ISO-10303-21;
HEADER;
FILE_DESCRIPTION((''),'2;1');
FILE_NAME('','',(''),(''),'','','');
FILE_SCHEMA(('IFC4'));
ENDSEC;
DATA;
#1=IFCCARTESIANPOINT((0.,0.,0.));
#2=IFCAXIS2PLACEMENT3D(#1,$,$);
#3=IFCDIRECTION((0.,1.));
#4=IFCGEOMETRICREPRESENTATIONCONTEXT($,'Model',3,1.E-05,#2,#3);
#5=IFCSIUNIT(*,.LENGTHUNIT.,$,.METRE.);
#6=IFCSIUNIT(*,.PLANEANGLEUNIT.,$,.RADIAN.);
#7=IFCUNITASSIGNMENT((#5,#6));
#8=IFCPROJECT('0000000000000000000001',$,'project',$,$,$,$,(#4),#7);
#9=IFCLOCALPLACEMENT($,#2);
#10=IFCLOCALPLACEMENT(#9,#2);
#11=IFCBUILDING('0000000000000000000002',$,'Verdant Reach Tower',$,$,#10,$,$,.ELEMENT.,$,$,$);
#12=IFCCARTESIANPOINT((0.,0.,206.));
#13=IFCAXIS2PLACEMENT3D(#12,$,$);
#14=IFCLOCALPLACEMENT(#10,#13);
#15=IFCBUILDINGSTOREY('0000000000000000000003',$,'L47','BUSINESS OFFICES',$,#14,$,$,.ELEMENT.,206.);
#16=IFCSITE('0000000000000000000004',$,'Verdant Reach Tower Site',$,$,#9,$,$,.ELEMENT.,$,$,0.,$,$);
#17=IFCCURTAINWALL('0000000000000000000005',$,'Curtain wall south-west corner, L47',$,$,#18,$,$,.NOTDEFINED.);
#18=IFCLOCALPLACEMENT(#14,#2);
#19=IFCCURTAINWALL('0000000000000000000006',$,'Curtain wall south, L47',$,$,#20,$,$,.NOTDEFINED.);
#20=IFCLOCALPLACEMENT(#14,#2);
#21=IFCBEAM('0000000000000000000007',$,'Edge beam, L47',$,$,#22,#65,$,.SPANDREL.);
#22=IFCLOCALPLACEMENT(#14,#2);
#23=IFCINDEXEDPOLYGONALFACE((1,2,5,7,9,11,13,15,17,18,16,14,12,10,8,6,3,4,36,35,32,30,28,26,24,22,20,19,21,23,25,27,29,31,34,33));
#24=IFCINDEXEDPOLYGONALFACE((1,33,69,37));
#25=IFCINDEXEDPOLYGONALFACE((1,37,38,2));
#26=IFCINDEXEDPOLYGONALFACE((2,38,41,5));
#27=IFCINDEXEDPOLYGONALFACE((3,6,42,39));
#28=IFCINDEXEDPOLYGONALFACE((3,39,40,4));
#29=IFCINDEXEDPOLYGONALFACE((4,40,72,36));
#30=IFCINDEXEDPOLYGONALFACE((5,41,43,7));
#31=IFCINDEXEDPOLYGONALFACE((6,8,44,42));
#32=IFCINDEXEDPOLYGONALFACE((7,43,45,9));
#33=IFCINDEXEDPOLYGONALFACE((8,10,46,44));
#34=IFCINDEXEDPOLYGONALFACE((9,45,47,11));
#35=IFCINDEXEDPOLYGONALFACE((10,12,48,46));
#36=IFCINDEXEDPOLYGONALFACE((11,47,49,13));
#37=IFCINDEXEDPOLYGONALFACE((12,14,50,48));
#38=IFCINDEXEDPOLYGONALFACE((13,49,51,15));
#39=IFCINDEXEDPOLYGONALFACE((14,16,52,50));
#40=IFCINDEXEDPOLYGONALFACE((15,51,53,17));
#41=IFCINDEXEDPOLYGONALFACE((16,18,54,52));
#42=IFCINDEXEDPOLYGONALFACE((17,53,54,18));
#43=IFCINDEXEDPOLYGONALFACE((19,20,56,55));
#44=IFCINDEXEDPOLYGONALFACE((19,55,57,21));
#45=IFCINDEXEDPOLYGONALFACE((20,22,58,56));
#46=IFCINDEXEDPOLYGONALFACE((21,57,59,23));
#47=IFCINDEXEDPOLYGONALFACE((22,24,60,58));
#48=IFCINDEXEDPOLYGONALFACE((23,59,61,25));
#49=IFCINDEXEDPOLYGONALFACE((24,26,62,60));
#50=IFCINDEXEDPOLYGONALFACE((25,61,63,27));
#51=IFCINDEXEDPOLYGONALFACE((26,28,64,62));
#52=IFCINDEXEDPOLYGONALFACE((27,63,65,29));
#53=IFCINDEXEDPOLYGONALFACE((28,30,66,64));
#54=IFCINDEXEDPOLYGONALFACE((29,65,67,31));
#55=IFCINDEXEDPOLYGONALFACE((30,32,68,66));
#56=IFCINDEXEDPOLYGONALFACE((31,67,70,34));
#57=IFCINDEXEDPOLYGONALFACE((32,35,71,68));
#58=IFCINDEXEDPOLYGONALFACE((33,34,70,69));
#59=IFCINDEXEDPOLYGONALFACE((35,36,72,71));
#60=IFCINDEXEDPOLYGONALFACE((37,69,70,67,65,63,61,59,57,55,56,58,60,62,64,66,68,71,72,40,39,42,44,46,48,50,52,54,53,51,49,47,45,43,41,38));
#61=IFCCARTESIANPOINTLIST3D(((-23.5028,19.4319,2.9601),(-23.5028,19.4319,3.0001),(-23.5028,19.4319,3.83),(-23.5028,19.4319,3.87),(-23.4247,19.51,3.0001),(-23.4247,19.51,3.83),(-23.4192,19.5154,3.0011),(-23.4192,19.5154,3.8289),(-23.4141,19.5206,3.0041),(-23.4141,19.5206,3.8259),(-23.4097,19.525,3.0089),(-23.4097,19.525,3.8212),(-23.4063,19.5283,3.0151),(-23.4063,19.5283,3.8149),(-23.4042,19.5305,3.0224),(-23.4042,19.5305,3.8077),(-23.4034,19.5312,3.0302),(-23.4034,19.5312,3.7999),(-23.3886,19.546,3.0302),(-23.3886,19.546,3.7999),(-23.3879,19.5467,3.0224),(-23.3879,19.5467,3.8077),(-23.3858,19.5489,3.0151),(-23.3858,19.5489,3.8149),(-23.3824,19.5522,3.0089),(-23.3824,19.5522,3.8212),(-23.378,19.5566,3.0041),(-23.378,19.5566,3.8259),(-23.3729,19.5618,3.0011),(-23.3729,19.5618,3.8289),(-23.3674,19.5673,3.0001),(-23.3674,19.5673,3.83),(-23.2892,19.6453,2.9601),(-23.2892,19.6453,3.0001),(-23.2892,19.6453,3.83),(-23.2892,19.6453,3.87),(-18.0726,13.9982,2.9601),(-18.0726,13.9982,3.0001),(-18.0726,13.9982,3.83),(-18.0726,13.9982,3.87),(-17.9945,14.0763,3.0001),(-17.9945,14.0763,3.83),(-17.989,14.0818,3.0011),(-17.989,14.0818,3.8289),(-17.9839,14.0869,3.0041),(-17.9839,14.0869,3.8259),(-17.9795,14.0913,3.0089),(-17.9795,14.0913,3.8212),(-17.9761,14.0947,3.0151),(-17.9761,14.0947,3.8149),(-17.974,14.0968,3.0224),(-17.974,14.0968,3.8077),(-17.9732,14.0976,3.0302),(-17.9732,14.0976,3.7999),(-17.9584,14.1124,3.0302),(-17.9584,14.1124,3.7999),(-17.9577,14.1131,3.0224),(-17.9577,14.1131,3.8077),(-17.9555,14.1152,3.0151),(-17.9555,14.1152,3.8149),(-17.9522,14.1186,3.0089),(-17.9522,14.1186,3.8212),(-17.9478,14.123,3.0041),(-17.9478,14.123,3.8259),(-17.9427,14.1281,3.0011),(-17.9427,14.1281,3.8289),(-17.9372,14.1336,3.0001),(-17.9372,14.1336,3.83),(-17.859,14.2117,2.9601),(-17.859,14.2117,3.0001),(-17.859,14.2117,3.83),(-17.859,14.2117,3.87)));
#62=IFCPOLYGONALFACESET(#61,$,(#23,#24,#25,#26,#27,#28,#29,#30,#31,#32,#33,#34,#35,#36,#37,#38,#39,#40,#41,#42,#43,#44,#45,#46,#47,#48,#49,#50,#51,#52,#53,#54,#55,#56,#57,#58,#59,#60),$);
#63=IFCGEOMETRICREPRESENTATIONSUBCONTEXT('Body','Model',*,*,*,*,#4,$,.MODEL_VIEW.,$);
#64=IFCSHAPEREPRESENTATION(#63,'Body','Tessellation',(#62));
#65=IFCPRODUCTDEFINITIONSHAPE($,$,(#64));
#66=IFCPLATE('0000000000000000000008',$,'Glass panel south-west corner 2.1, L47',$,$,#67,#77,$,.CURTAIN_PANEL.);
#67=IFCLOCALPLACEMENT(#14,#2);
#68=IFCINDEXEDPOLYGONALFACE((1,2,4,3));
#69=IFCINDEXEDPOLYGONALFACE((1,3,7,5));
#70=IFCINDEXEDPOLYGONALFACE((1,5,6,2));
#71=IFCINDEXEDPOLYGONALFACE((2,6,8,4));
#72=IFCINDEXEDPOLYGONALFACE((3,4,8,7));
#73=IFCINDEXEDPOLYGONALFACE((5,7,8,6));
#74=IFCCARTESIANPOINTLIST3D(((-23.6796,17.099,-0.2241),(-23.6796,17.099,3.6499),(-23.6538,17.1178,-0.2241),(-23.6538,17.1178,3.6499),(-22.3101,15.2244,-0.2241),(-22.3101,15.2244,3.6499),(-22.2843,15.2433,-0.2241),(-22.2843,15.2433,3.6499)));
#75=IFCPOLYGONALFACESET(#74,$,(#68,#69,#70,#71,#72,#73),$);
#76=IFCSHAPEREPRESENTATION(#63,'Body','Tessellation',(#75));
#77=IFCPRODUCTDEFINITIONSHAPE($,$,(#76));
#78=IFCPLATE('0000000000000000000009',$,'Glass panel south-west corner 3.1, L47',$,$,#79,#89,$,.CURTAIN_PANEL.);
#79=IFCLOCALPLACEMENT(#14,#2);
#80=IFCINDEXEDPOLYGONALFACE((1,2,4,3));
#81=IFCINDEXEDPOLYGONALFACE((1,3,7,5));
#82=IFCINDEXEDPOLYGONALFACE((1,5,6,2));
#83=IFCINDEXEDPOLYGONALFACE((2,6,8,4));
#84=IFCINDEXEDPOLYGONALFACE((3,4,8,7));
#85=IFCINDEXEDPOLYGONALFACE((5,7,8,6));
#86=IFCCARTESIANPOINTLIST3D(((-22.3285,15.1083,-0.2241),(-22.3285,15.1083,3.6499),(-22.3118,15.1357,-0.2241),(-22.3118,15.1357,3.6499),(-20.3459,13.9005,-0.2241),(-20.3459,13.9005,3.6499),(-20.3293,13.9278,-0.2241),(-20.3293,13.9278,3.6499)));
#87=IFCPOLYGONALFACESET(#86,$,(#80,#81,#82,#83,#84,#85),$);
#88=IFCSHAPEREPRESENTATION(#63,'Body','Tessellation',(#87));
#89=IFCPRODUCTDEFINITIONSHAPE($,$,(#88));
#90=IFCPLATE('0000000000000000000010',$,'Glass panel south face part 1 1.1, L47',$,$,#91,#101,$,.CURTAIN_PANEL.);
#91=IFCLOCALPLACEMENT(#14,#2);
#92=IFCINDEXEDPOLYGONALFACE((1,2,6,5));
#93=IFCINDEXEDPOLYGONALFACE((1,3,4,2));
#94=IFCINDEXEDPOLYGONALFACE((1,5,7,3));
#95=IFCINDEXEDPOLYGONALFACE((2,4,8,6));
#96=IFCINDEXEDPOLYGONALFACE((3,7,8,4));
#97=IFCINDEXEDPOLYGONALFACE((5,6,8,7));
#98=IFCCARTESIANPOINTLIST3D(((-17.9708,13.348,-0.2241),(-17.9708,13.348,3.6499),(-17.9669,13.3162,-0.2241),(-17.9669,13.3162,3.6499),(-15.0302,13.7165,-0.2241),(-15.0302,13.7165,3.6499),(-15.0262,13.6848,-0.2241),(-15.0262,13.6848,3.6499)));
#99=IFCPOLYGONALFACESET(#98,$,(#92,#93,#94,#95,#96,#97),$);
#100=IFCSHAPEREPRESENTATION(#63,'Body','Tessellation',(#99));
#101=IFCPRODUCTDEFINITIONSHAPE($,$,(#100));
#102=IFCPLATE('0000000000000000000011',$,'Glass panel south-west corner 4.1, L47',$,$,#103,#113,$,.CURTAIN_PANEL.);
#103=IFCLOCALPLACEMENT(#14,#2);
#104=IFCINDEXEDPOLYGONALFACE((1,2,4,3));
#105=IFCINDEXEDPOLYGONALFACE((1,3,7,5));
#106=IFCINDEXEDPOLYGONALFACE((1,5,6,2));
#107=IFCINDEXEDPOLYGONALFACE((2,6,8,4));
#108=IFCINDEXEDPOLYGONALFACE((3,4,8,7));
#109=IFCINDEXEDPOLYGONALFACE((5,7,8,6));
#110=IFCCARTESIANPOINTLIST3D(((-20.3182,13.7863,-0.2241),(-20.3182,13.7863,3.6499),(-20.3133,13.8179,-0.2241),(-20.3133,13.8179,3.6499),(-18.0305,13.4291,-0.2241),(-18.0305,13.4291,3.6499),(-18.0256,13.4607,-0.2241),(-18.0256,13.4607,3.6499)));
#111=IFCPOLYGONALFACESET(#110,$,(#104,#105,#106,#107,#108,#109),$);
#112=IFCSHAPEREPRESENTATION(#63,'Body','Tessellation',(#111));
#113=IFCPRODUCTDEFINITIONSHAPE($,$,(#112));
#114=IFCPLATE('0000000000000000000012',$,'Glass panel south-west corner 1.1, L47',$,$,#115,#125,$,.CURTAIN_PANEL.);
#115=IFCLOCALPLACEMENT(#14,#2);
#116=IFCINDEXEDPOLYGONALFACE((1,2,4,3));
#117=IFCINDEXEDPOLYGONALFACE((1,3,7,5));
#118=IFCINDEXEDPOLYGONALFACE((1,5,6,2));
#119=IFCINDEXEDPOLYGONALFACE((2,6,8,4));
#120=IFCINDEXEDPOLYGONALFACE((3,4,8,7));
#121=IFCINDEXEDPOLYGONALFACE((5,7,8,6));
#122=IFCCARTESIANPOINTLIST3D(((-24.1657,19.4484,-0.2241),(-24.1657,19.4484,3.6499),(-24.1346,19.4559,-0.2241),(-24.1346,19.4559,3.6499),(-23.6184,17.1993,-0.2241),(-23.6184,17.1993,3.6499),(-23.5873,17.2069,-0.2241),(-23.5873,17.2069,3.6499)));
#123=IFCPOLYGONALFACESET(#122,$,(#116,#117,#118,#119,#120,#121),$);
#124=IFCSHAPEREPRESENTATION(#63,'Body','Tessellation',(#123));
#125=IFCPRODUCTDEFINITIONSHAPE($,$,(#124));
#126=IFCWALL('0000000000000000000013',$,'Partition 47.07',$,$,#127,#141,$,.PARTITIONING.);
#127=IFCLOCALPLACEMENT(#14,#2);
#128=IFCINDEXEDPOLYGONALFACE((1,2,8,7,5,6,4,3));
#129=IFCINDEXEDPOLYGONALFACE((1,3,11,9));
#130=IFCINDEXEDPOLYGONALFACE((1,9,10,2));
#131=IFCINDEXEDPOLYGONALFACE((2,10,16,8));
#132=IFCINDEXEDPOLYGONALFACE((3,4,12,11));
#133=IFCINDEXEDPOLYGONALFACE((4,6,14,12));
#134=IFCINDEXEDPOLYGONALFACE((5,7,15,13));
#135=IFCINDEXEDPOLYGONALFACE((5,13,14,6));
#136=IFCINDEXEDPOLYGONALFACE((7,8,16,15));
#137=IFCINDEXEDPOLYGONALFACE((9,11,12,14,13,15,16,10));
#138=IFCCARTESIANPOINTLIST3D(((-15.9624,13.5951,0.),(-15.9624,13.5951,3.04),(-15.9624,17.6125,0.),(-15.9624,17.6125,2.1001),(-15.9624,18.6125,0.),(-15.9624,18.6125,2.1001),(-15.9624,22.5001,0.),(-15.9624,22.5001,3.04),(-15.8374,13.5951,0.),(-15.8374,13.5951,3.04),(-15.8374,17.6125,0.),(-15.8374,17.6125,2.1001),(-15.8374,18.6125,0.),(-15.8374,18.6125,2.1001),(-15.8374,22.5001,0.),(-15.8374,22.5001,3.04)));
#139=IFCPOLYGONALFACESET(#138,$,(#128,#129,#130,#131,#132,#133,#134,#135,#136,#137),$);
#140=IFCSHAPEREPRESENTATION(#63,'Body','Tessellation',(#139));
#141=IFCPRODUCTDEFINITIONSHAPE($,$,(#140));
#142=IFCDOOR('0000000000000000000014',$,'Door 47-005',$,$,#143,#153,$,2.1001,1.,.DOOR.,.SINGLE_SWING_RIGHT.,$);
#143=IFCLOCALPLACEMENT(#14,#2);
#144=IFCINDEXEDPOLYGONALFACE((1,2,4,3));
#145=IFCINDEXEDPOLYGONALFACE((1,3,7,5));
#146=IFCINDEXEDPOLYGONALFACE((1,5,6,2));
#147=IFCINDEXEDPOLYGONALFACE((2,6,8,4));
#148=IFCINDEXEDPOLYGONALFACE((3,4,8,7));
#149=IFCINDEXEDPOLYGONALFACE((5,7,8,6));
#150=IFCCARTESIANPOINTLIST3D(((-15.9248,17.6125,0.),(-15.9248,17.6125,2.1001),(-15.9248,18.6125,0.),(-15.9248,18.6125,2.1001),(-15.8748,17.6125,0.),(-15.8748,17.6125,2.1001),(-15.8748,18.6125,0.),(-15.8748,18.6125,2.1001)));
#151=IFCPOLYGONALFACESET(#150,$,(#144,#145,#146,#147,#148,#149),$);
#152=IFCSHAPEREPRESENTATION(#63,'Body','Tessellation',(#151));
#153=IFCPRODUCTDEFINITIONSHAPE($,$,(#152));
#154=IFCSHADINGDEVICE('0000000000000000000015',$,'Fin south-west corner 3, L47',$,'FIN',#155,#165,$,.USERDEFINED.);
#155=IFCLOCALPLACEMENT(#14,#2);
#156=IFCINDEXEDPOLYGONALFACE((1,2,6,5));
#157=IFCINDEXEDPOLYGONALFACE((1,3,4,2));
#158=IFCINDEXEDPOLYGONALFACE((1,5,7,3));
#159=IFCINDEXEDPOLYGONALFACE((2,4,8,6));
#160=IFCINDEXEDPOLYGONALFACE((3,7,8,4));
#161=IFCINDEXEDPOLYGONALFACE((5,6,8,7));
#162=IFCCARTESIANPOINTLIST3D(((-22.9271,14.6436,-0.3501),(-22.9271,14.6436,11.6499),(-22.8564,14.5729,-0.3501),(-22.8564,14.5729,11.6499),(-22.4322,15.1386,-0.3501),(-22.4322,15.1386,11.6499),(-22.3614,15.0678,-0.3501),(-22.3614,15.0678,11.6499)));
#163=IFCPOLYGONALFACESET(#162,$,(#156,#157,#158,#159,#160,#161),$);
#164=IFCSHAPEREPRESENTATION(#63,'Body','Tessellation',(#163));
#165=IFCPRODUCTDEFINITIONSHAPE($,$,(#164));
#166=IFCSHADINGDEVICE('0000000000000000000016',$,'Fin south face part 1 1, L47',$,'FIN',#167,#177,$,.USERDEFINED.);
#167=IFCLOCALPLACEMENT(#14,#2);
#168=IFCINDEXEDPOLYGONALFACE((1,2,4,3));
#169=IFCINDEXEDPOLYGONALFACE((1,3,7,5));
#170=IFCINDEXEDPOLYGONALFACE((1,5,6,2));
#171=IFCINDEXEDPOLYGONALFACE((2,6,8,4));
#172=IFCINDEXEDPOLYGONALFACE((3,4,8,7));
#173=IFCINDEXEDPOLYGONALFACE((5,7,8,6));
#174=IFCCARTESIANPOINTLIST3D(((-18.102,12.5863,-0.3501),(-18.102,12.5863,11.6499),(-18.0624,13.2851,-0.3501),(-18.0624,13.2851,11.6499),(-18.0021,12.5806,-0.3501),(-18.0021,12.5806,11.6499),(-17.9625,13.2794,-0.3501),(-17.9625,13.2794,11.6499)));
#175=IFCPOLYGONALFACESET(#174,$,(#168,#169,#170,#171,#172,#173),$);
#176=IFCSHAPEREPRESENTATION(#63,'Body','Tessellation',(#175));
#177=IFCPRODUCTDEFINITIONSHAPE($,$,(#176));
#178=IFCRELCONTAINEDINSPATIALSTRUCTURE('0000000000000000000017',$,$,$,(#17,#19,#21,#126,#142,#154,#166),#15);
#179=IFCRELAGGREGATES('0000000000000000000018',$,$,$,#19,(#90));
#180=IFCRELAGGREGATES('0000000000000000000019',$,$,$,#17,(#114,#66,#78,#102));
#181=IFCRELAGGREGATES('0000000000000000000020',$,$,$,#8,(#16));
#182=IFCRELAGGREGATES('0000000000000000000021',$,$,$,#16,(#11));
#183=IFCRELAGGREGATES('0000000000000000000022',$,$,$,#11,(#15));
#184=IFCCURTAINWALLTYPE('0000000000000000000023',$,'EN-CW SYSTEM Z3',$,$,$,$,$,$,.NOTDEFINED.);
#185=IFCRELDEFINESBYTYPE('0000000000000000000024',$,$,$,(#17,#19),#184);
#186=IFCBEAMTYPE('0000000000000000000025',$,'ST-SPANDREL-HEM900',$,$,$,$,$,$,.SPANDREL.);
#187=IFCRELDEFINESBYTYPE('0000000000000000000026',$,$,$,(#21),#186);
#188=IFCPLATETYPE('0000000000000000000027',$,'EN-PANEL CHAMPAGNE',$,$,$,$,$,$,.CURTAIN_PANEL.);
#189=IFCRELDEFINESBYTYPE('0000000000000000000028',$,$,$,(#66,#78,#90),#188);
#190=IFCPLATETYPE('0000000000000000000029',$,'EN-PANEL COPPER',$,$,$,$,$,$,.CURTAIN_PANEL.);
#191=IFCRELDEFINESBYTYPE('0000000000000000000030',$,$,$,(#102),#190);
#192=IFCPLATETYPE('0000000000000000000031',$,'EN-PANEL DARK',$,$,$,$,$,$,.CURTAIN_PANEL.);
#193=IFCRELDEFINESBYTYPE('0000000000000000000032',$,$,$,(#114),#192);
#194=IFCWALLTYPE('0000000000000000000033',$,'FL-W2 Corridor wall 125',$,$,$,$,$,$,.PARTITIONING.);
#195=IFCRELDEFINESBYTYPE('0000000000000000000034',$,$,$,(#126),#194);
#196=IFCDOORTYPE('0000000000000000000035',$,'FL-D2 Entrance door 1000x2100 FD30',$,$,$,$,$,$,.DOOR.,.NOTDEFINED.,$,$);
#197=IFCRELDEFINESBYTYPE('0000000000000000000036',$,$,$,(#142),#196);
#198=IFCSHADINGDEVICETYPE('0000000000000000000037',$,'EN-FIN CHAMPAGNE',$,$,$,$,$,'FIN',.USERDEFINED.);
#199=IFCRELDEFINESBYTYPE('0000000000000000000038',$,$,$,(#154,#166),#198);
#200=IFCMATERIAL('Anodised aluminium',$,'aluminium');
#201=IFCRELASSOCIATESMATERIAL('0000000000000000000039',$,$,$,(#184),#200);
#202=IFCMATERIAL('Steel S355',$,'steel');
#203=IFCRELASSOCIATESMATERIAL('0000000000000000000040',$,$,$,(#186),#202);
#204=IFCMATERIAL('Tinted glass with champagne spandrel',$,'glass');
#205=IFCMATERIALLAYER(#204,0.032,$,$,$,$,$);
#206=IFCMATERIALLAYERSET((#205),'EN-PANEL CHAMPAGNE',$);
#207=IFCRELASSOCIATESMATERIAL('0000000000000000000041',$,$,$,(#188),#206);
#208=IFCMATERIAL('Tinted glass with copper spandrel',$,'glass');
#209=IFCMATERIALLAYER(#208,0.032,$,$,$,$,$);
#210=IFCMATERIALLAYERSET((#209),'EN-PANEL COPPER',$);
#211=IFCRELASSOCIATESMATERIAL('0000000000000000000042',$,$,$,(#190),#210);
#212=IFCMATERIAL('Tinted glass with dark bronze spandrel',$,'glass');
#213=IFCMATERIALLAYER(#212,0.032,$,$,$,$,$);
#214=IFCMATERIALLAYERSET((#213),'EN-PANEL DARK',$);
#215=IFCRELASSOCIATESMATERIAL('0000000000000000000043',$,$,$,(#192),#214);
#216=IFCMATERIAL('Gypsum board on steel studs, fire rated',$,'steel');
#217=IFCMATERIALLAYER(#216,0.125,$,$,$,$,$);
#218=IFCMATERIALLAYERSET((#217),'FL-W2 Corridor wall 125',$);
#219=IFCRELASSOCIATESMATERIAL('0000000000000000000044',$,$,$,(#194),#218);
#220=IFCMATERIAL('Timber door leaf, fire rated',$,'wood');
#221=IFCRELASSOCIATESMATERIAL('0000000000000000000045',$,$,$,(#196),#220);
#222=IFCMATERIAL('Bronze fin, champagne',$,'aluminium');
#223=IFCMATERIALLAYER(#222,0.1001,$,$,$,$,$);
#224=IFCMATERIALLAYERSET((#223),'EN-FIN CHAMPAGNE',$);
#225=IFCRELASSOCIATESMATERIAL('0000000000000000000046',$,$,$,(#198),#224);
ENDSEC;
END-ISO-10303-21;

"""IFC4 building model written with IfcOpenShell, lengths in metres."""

from ifc_helpers import new_model, si_unit, direction, frame, frame_2d, origin, origin_2d, place, context, subcontext, project, spatial, rectangle, i_section, extrude, material, layer, layer_set, material_profile, profile_set, type_object, element, fill, aggregate, save


model = new_model("IFC4")

# Units and contexts
model_context = context("Model", 3, precision=1e-05, world=origin(), true_north=direction((0.0, 1.0)))
body_context = subcontext(model_context, "Body", "Model", "MODEL_VIEW")
ifc_project = project(units=[si_unit("LENGTHUNIT", "METRE"), si_unit("PLANEANGLEUNIT", "RADIAN")], contexts=[model_context])

# Site, building, storey
site_placement = place(None, origin())
site = spatial("IfcSite", under=ifc_project, at=site_placement, Name="Verdant Reach Tower Site", CompositionType="ELEMENT", RefElevation=0.0)
building_placement = place(site_placement, origin())
building = spatial("IfcBuilding", under=site, at=building_placement, Name="Verdant Reach Tower", CompositionType="ELEMENT")
storey_placement = place(building_placement, frame((0.0, 0.0, 206.0)))
storey = spatial("IfcBuildingStorey", under=building, at=storey_placement, Name="L47", Description="BUSINESS OFFICES", CompositionType="ELEMENT", Elevation=206.0)

# Curtain walls
ifc_material_1 = material(Name="Anodised aluminium", Category="aluminium")
curtain_wall_type = type_object("IfcCurtainWallType", Name="EN-CW SYSTEM Z3", PredefinedType="NOTDEFINED", material=ifc_material_1)
curtain_wall_1_placement = place(storey_placement, origin())
curtain_wall_1 = element("IfcCurtainWall", 1, at=curtain_wall_1_placement, inside=storey, type_object=curtain_wall_type, Name="Curtain wall south-west corner, L47", PredefinedType="NOTDEFINED")
curtain_wall_2_placement = place(storey_placement, origin())
curtain_wall_2 = element("IfcCurtainWall", 2, at=curtain_wall_2_placement, inside=storey, type_object=curtain_wall_type, Name="Curtain wall south, L47", PredefinedType="NOTDEFINED")

# Beam
ifc_material_2 = material(Name="Steel S355", Category="steel")
ifc_material_profile_1 = material_profile(ifc_material_2, i_section(OverallWidth=0.302, OverallDepth=0.9099, WebThickness=0.021, FlangeThickness=0.04, FilletRadius=0.03, at=origin_2d()), Name="HEM 900")
ifc_profile_set_1 = profile_set([ifc_material_profile_1], Name="Steel S355")
beam_type_1 = type_object("IfcBeamType", Name="ST-SPANDREL-HEM900", PredefinedType="SPANDREL", material=ifc_profile_set_1)
beam_1_placement = place(storey_placement, frame((-17.9658, 14.105, 3.415), z_axis=(-0.706884, 0.707329, 0.0), x_axis=(-0.707329, -0.706884, 0.0)))
element("IfcBeam", 3, at=beam_1_placement, inside=storey, type_object=beam_type_1, Name="Edge beam, L47", PredefinedType="SPANDREL", context=body_context, shape_type="SweptSolid", body=[
    extrude(i_section(OverallWidth=0.302, OverallDepth=0.9099, WebThickness=0.021, FlangeThickness=0.04, FilletRadius=0.03, at=origin_2d()), origin(), (0.0, 0.0, 1.0), 7.6819),
])

# Plates
ifc_material_3 = material(Name="Tinted glass with champagne spandrel", Category="glass")
ifc_layer_1 = layer(ifc_material_3, 0.032)
ifc_layer_set_1 = layer_set([ifc_layer_1], Name="EN-PANEL CHAMPAGNE")
plate_type_1 = type_object("IfcPlateType", Name="EN-PANEL CHAMPAGNE", PredefinedType="CURTAIN_PANEL", material=ifc_layer_set_1)
plate_1_placement = place(storey_placement, frame((-22.9819, 16.1711, -0.2241), z_axis=(0.0, 0.0, 1.0), x_axis=(0.589927, -0.807457, 0.0)))
plate_1 = element("IfcPlate", 4, at=plate_1_placement, type_object=plate_type_1, Name="Glass panel south-west corner 2.1, L47", PredefinedType="CURTAIN_PANEL", context=body_context, shape_type="SweptSolid", body=[
    extrude(rectangle(XDim=2.3215, YDim=0.032, at=origin_2d()), origin(), (0.0, 0.0, 1.0), 3.874),
])
plate_2_placement = place(storey_placement, frame((-21.3289, 14.5181, -0.2241), z_axis=(0.0, 0.0, 1.0), x_axis=(0.853989, -0.520292, 0.0)))
plate_2 = element("IfcPlate", 5, at=plate_2_placement, type_object=plate_type_1, Name="Glass panel south-west corner 3.1, L47", PredefinedType="CURTAIN_PANEL", context=body_context, shape_type="SweptSolid", body=[
    extrude(rectangle(XDim=2.3215, YDim=0.032, at=origin_2d()), origin(), (0.0, 0.0, 1.0), 3.874),
])
plate_3_placement = place(storey_placement, frame((-16.4985, 13.5164, -0.2241), z_axis=(0.0, 0.0, 1.0), x_axis=(0.992238, 0.124355, 0.0)))
plate_3 = element("IfcPlate", 6, at=plate_3_placement, type_object=plate_type_1, Name="Glass panel south face part 1 1.1, L47", PredefinedType="CURTAIN_PANEL", context=body_context, shape_type="SweptSolid", body=[
    extrude(rectangle(XDim=2.9636, YDim=0.032, at=origin_2d()), origin(), (0.0, 0.0, 1.0), 3.874),
])
aggregate(curtain_wall_2, [plate_3])
ifc_material_4 = material(Name="Tinted glass with copper spandrel", Category="glass")
ifc_layer_2 = layer(ifc_material_4, 0.032)
ifc_layer_set_2 = layer_set([ifc_layer_2], Name="EN-PANEL COPPER")
plate_type_2 = type_object("IfcPlateType", Name="EN-PANEL COPPER", PredefinedType="CURTAIN_PANEL", material=ifc_layer_set_2)
plate_4_placement = place(storey_placement, frame((-19.1719, 13.6235, -0.2241), z_axis=(0.0, 0.0, 1.0), x_axis=(0.988029, -0.154268, 0.0)))
plate_4 = element("IfcPlate", 7, at=plate_4_placement, type_object=plate_type_2, Name="Glass panel south-west corner 4.1, L47", PredefinedType="CURTAIN_PANEL", context=body_context, shape_type="SweptSolid", body=[
    extrude(rectangle(XDim=2.3154, YDim=0.032, at=origin_2d()), origin(), (0.0, 0.0, 1.0), 3.874),
])
ifc_material_5 = material(Name="Tinted glass with dark bronze spandrel", Category="glass")
ifc_layer_3 = layer(ifc_material_5, 0.032)
ifc_layer_set_3 = layer_set([ifc_layer_3], Name="EN-PANEL DARK")
plate_type_3 = type_object("IfcPlateType", Name="EN-PANEL DARK", PredefinedType="CURTAIN_PANEL", material=ifc_layer_set_3)
plate_5_placement = place(storey_placement, frame((-23.8765, 18.3276, -0.2241), z_axis=(0.0, 0.0, 1.0), x_axis=(0.236446, -0.971645, 0.0)))
plate_5 = element("IfcPlate", 8, at=plate_5_placement, type_object=plate_type_3, Name="Glass panel south-west corner 1.1, L47", PredefinedType="CURTAIN_PANEL", context=body_context, shape_type="SweptSolid", body=[
    extrude(rectangle(XDim=2.3147, YDim=0.032, at=origin_2d()), origin(), (0.0, 0.0, 1.0), 3.874),
])
aggregate(curtain_wall_1, [plate_5, plate_1, plate_2, plate_4])

# Wall, opening, door
ifc_material_6 = material(Name="Gypsum board on steel studs, fire rated", Category="steel")
ifc_layer_4 = layer(ifc_material_6, 0.125)
ifc_layer_set_4 = layer_set([ifc_layer_4], Name="FL-W2 Corridor wall 125")
wall_type = type_object("IfcWallType", Name="FL-W2 Corridor wall 125", PredefinedType="PARTITIONING", material=ifc_layer_set_4)
wall_placement = place(storey_placement, frame((-15.8999, 13.595, 0.0), z_axis=(0.0, 0.0, 1.0), x_axis=(0.0, 1.0, 0.0)))
wall = element("IfcWall", 9, at=wall_placement, inside=storey, type_object=wall_type, Name="Partition 47.07", PredefinedType="PARTITIONING", context=body_context, shape_type="SweptSolid", body=[
    extrude(rectangle(XDim=8.905, YDim=0.125, at=frame_2d((4.4526, 0.0))), origin(), (0.0, 0.0, 1.0), 3.04),
])
opening_placement = place(wall_placement, frame((4.0176, 0.0, 0.0)))
opening = element("IfcOpeningElement", 10, at=opening_placement, cuts=wall, PredefinedType="OPENING", context=body_context, shape_type="SweptSolid", body=[
    extrude(rectangle(XDim=1.0, YDim=2.1001, at=frame_2d((0.5, 1.05))), frame((0.0, 0.0725, 0.0), z_axis=(0.0, -1.0, 0.0), x_axis=(1.0, 0.0, 0.0)), (0.0, 0.0, 1.0), 0.145),
])
ifc_material_7 = material(Name="Timber door leaf, fire rated", Category="wood")
door_type = type_object("IfcDoorType", Name="FL-D2 Entrance door 1000x2100 FD30", OperationType="NOTDEFINED", PredefinedType="DOOR", material=ifc_material_7)
door_placement = place(opening_placement, origin())
door = element("IfcDoor", 11, at=door_placement, inside=storey, type_object=door_type, Name="Door 47-005", OperationType="SINGLE_SWING_RIGHT", OverallHeight=2.1001, OverallWidth=1.0, PredefinedType="DOOR", context=body_context, shape_type="SweptSolid", body=[
    extrude(rectangle(XDim=1.0, YDim=2.1001, at=frame_2d((0.5, 1.05))), frame((0.0, 0.0249, 0.0), z_axis=(0.0, -1.0, 0.0), x_axis=(1.0, 0.0, 0.0)), (0.0, 0.0, 1.0), 0.05),
])
fill(opening, door)

# Shading devices
ifc_material_8 = material(Name="Bronze fin, champagne", Category="aluminium")
ifc_layer_5 = layer(ifc_material_8, 0.1001)
ifc_layer_set_5 = layer_set([ifc_layer_5], Name="EN-FIN CHAMPAGNE")
shading_device_type_1 = type_object("IfcShadingDeviceType", Name="EN-FIN CHAMPAGNE", ElementType="FIN", PredefinedType="USERDEFINED", material=ifc_layer_set_5)
for number, where, z_axis, x_axis, name in (
    (12, (-22.6443, 14.8557, -0.3501), (0.0, 0.0, 1.0), (0.707107, -0.707107, 0.0), "Fin south-west corner 3, L47"),
    (13, (-18.0322, 12.9329, -0.3501), (0.0, 0.0, 1.0), (0.998399, -0.056569, 0.0), "Fin south face part 1 1, L47"),
):
    element("IfcShadingDevice", number, at=place(storey_placement, frame(where, z_axis=z_axis, x_axis=x_axis)), inside=storey, type_object=shading_device_type_1, Name=name, ObjectType="FIN", PredefinedType="USERDEFINED", context=body_context, shape_type="SweptSolid", body=[
        extrude(rectangle(XDim=0.1001, YDim=0.7, at=origin_2d()), origin(), (0.0, 0.0, 1.0), 12.0),
    ])

save(model, "model.ifc")
